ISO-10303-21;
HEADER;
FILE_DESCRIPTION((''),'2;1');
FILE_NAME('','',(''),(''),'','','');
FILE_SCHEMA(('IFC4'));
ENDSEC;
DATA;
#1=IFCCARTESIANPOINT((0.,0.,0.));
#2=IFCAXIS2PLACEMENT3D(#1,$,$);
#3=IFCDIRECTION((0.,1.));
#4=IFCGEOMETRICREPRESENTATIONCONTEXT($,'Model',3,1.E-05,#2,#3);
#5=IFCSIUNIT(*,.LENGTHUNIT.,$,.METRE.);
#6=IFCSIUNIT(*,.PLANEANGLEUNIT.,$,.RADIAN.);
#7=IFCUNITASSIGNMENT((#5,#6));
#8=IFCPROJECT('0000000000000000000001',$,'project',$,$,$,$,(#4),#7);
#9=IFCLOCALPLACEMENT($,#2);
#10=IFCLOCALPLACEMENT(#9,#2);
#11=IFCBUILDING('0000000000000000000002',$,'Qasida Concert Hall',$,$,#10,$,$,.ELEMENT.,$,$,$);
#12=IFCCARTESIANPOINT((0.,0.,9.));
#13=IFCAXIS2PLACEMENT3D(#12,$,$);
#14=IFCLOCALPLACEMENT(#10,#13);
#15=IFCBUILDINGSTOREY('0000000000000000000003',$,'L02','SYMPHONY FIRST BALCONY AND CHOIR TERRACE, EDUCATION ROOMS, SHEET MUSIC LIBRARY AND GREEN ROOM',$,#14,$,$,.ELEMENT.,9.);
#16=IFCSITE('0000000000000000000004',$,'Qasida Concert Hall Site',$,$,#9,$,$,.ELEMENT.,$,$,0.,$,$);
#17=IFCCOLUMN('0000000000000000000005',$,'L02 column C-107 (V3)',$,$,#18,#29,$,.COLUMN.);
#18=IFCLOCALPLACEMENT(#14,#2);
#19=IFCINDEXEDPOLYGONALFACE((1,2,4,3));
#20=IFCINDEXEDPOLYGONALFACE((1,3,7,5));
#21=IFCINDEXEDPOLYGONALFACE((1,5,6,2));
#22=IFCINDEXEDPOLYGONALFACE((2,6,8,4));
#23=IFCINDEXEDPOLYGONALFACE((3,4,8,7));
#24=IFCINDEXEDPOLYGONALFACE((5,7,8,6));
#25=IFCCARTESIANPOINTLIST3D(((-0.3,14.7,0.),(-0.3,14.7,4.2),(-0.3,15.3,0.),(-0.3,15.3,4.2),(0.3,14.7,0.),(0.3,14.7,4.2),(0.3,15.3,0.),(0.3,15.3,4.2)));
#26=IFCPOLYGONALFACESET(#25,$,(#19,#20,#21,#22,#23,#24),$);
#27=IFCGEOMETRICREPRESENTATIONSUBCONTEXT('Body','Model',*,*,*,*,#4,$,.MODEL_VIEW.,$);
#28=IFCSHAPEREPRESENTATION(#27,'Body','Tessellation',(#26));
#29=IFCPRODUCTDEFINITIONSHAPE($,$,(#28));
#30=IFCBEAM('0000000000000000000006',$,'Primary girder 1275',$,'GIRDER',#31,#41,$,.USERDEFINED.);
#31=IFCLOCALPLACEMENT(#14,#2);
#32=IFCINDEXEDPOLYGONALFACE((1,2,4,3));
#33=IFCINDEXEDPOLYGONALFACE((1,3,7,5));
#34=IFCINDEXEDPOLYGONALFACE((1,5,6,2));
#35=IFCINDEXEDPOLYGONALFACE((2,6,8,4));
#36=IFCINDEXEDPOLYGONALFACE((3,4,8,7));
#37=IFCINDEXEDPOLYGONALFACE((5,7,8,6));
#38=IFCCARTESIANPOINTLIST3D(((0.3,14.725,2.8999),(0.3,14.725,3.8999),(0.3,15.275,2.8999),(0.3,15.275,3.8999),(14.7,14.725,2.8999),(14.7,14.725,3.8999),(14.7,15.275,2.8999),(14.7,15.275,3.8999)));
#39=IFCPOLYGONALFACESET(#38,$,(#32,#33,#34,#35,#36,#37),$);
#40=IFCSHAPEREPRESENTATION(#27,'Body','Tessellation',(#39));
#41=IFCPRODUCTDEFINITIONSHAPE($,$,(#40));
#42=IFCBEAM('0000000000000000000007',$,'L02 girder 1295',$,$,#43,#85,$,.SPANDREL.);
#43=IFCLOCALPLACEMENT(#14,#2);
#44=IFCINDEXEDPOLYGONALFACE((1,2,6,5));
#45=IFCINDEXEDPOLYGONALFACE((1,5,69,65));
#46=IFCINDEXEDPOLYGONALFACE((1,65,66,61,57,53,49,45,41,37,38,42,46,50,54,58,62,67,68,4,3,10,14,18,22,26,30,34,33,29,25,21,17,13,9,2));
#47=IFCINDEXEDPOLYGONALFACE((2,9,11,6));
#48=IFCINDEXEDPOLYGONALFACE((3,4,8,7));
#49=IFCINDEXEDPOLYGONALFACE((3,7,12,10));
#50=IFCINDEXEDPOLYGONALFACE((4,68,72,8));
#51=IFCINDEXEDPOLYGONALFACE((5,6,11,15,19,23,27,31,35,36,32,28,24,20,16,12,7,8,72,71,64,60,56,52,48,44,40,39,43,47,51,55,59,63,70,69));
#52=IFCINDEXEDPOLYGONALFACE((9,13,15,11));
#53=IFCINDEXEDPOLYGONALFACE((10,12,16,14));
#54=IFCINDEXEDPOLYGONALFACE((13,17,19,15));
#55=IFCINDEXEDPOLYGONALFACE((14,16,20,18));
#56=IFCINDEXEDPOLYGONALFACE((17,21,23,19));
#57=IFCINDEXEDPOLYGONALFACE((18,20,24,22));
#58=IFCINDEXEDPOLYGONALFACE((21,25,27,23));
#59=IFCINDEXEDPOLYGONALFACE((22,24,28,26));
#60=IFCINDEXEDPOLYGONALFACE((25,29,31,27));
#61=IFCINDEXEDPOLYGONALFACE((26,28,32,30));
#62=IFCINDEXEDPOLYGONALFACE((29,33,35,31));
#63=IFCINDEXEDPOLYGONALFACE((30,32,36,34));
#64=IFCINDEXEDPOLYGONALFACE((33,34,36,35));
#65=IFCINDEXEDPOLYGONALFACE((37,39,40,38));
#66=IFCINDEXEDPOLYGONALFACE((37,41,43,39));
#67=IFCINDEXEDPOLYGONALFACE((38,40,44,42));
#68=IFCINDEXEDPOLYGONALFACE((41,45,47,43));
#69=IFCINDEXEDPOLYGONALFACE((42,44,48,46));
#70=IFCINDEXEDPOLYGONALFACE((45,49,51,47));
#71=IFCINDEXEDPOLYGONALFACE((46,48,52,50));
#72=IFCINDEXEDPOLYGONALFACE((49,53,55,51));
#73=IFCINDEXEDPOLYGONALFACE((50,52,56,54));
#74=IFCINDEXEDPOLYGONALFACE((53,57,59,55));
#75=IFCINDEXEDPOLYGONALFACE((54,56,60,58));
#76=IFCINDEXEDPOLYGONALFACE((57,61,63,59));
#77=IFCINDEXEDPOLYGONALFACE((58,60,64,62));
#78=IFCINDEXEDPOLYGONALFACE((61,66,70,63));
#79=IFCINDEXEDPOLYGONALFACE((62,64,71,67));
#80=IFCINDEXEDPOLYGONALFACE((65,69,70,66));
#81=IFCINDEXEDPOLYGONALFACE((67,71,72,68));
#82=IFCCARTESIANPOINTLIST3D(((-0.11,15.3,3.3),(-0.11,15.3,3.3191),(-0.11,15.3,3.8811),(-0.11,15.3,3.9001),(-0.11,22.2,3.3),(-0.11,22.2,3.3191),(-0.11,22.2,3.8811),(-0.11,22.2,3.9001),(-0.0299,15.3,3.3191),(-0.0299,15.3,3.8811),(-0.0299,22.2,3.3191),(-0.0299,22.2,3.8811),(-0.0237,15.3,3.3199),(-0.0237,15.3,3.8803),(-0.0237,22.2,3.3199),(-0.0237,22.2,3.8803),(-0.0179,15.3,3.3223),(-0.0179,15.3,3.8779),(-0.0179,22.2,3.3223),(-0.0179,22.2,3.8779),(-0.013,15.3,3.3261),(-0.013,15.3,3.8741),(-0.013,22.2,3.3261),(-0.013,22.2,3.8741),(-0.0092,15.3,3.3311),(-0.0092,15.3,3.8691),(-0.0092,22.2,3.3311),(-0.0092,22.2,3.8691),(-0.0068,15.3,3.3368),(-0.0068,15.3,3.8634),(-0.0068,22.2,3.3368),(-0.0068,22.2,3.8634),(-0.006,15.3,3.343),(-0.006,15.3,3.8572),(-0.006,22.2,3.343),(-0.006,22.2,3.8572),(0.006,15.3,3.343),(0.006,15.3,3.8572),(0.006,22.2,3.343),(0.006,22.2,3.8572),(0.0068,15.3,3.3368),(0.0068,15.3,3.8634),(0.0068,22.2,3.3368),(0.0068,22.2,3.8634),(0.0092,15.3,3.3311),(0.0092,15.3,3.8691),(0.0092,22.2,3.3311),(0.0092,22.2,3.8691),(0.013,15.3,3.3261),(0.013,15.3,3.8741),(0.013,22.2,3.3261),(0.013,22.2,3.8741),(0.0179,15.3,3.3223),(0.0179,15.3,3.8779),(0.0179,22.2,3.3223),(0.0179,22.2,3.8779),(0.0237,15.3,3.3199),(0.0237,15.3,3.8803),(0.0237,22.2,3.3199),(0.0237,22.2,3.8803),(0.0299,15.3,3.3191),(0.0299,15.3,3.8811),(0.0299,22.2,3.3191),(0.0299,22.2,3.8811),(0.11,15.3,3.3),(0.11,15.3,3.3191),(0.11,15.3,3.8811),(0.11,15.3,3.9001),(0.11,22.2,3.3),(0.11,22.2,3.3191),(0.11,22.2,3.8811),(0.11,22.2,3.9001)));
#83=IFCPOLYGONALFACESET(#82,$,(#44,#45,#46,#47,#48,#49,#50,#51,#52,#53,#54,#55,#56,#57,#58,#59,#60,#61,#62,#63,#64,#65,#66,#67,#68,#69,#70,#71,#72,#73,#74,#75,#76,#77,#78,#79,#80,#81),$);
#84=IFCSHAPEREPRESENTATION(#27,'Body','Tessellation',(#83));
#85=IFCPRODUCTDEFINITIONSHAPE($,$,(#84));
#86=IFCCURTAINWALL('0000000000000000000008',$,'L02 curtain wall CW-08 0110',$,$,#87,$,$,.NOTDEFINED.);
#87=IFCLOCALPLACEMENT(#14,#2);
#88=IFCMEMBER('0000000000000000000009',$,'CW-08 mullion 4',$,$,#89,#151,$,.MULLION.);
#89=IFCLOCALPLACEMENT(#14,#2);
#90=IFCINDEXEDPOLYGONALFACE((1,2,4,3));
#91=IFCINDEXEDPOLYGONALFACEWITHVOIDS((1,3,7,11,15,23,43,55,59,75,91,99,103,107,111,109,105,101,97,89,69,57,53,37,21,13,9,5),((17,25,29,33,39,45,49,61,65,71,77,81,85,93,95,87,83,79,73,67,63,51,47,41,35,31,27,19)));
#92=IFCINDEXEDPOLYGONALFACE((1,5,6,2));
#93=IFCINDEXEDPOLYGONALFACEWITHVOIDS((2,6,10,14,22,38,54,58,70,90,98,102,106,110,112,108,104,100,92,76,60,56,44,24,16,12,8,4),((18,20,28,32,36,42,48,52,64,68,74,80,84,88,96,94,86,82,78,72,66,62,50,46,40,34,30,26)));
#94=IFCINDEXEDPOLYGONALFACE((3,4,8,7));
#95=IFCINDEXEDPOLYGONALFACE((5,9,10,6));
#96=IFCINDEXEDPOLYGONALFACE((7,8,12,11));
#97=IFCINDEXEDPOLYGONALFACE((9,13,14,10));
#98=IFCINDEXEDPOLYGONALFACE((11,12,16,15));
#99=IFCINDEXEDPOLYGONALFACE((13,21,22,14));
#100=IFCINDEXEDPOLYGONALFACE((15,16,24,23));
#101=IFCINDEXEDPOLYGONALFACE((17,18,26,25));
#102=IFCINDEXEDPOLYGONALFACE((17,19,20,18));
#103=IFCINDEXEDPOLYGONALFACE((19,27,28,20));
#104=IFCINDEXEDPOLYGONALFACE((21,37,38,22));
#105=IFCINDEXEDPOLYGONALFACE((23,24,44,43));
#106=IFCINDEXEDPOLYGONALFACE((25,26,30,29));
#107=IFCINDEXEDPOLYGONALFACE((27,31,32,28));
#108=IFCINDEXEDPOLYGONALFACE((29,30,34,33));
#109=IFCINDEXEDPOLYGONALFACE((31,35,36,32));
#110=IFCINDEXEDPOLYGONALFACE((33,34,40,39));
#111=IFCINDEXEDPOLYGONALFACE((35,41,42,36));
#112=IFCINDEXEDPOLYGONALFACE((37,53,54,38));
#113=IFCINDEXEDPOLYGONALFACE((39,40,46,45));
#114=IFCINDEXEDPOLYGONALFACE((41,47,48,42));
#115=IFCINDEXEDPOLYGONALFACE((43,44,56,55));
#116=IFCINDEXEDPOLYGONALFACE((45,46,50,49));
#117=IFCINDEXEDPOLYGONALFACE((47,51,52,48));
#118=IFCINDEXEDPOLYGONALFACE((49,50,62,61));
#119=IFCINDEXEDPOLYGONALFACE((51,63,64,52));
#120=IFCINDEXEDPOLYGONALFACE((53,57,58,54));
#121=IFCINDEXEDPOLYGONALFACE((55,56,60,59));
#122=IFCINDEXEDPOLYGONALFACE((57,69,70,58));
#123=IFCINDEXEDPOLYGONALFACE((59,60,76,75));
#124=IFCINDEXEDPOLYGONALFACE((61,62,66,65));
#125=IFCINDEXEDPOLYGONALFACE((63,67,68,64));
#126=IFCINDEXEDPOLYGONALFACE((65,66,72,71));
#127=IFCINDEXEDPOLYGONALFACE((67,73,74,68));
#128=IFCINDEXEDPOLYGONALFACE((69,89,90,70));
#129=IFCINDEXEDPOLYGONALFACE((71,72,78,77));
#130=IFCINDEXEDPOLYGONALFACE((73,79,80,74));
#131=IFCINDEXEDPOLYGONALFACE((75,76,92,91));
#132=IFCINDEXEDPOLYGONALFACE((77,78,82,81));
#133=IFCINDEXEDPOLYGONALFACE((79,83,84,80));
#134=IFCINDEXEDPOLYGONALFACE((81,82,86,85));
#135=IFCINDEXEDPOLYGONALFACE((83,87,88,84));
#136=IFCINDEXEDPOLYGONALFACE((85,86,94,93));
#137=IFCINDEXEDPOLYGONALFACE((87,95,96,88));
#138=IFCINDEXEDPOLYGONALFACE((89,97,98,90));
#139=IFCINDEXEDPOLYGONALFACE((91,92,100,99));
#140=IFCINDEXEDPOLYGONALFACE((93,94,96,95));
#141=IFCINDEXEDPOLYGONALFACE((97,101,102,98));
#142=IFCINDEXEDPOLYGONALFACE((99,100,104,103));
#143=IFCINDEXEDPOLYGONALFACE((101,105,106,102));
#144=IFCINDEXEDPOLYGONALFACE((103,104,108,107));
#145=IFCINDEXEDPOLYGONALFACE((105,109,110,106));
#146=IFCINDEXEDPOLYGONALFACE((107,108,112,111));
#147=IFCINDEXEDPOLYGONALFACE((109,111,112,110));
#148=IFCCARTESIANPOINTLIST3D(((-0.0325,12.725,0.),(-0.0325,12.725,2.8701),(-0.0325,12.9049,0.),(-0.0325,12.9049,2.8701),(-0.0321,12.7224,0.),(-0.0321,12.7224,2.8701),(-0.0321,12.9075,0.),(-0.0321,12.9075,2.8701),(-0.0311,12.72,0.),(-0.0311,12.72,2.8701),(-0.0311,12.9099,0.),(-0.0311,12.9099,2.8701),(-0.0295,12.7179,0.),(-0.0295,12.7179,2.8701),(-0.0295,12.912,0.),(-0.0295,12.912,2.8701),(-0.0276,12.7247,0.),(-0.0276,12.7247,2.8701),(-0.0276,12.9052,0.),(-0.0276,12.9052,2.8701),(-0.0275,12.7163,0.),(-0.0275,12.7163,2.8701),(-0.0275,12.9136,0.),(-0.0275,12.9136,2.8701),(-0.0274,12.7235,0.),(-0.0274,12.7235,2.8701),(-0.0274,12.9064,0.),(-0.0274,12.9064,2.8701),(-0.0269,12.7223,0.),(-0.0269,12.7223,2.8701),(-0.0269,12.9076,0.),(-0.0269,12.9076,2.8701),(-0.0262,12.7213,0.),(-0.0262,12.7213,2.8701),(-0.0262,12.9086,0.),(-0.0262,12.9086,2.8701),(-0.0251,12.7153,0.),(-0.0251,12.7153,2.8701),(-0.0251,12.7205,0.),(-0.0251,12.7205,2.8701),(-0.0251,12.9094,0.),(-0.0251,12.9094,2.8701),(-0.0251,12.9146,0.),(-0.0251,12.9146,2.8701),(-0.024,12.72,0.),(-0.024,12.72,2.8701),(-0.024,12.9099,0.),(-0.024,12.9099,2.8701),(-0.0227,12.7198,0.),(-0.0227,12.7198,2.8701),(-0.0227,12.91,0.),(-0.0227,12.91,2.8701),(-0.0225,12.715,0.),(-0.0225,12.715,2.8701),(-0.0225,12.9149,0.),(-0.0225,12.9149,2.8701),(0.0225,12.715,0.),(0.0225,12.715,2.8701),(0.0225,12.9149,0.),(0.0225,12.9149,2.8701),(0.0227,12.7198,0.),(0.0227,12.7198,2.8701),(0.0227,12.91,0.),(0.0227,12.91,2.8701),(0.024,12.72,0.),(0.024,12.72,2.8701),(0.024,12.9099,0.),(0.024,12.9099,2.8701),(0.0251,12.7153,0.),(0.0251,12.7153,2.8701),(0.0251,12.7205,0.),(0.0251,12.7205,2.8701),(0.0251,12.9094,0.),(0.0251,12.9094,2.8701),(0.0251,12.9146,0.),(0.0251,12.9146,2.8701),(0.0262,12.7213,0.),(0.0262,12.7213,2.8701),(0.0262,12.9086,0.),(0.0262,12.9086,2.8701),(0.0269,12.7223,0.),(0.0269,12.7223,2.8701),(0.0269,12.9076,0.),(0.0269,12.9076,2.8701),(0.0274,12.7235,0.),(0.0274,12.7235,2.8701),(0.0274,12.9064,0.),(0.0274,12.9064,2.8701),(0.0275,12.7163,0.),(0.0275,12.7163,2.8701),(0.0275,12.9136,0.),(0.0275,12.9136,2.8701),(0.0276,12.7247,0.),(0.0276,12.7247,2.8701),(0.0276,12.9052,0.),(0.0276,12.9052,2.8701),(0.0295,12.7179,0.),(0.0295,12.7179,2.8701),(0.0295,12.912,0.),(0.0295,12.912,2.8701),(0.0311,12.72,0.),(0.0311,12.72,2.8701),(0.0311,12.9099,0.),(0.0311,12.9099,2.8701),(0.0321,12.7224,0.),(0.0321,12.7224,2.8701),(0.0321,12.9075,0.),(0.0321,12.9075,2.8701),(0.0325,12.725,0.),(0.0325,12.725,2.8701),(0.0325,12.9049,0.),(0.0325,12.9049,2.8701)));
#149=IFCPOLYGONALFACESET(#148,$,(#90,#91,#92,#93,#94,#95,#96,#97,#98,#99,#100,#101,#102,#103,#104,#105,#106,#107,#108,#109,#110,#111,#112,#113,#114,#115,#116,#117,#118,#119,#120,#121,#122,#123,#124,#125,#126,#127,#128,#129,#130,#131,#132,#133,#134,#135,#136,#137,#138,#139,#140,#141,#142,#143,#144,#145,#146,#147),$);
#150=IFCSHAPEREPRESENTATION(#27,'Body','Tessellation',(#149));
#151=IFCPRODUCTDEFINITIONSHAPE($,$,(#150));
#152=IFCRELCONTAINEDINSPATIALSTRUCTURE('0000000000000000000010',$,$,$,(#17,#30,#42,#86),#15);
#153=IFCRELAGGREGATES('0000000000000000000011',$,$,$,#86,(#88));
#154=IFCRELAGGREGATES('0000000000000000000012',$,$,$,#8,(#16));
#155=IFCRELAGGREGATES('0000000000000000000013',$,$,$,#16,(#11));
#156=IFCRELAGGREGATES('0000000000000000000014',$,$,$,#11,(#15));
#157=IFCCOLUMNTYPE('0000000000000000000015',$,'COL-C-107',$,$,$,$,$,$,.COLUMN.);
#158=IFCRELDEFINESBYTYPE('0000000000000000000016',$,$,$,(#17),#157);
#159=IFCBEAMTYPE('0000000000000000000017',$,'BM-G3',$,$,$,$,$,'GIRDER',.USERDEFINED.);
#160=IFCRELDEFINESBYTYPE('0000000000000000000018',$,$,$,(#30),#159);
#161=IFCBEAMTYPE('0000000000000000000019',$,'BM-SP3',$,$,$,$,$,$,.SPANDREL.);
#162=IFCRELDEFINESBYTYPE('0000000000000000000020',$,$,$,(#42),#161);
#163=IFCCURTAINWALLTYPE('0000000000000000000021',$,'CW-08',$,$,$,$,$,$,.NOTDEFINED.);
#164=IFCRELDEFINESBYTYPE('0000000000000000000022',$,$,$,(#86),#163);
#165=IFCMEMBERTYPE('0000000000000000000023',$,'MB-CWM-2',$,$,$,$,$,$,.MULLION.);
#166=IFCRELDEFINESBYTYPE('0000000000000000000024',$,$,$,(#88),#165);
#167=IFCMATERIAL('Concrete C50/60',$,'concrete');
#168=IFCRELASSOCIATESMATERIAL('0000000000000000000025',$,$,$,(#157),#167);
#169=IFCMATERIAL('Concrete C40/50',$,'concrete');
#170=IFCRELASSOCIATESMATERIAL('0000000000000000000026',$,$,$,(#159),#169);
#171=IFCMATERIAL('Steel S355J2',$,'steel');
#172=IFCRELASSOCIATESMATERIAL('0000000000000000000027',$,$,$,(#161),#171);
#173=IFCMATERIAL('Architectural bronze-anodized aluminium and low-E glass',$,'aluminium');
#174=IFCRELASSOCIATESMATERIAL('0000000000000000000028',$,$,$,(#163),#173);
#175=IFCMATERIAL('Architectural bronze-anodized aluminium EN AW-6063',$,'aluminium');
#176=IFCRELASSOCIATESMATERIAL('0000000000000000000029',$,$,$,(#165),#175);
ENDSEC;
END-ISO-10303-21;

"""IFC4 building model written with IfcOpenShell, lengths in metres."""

from ifc_helpers import new_model, si_unit, direction, frame, origin, origin_2d, place, context, subcontext, project, spatial, rectangle, hollow_rectangle, i_section, extrude, material, material_profile, profile_set, type_object, element, aggregate, save


model = new_model("IFC4")

# Units and contexts
model_context = context("Model", 3, precision=1e-05, world=origin(), true_north=direction((0.0, 1.0)))
body_context = subcontext(model_context, "Body", "Model", "MODEL_VIEW")
ifc_project = project(units=[si_unit("LENGTHUNIT", "METRE"), si_unit("PLANEANGLEUNIT", "RADIAN")], contexts=[model_context])

# Site, building, storey
site_placement = place(None, origin())
site = spatial("IfcSite", under=ifc_project, at=site_placement, Name="Qasida Concert Hall Site", CompositionType="ELEMENT", RefElevation=0.0)
building_placement = place(site_placement, origin())
building = spatial("IfcBuilding", under=site, at=building_placement, Name="Qasida Concert Hall", CompositionType="ELEMENT")
storey_placement = place(building_placement, frame((0.0, 0.0, 9.0)))
storey = spatial("IfcBuildingStorey", under=building, at=storey_placement, Name="L02", Description="SYMPHONY FIRST BALCONY AND CHOIR TERRACE, EDUCATION ROOMS, SHEET MUSIC LIBRARY AND GREEN ROOM", CompositionType="ELEMENT", Elevation=9.0)

# Column
ifc_material_1 = material(Name="Concrete C50/60", Category="concrete")
ifc_material_profile_1 = material_profile(ifc_material_1, rectangle(XDim=0.6001, YDim=0.6001, at=origin_2d()), Name="RC 600x600")
ifc_profile_set_1 = profile_set([ifc_material_profile_1], Name="Concrete C50/60")
column_type = type_object("IfcColumnType", Name="COL-C-107", PredefinedType="COLUMN", material=ifc_profile_set_1)
column_placement = place(storey_placement, frame((0.0, 15.0, 0.0), z_axis=(0.0, 0.0, 1.0), x_axis=(1.0, 0.0, 0.0)))
element("IfcColumn", 1, at=column_placement, inside=storey, type_object=column_type, Name="L02 column C-107 (V3)", PredefinedType="COLUMN", context=body_context, shape_type="SweptSolid", body=[
    extrude(rectangle(XDim=0.6001, YDim=0.6001, at=origin_2d()), origin(), (0.0, 0.0, 1.0), 4.2),
])

# Beams
ifc_material_2 = material(Name="Concrete C40/50", Category="concrete")
ifc_material_profile_2 = material_profile(ifc_material_2, rectangle(XDim=0.55, YDim=1.0, at=origin_2d()), Name="RC 550x1000")
ifc_profile_set_2 = profile_set([ifc_material_profile_2], Name="Concrete C40/50")
beam_type_1 = type_object("IfcBeamType", Name="BM-G3", ElementType="GIRDER", PredefinedType="USERDEFINED", material=ifc_profile_set_2)
beam_1_placement = place(storey_placement, frame((0.3, 15.0, 3.3999), z_axis=(1.0, 0.0, 0.0), x_axis=(0.0, 1.0, 0.0)))
element("IfcBeam", 2, at=beam_1_placement, inside=storey, type_object=beam_type_1, Name="Primary girder 1275", ObjectType="GIRDER", PredefinedType="USERDEFINED", context=body_context, shape_type="SweptSolid", body=[
    extrude(rectangle(XDim=0.55, YDim=1.0, at=origin_2d()), origin(), (0.0, 0.0, 1.0), 14.3999),
])
ifc_material_3 = material(Name="Steel S355J2", Category="steel")
ifc_material_profile_3 = material_profile(ifc_material_3, i_section(OverallWidth=0.22, OverallDepth=0.6001, WebThickness=0.012, FlangeThickness=0.019, FilletRadius=0.0239, at=origin_2d()), Name="IPE 600")
ifc_profile_set_3 = profile_set([ifc_material_profile_3], Name="Steel S355J2")
beam_type_2 = type_object("IfcBeamType", Name="BM-SP3", PredefinedType="SPANDREL", material=ifc_profile_set_3)
beam_2_placement = place(storey_placement, frame((0.0, 15.3, 3.6001), z_axis=(0.0, 1.0, 0.0), x_axis=(-1.0, 0.0, 0.0)))
element("IfcBeam", 3, at=beam_2_placement, inside=storey, type_object=beam_type_2, Name="L02 girder 1295", PredefinedType="SPANDREL", context=body_context, shape_type="SweptSolid", body=[
    extrude(i_section(OverallWidth=0.22, OverallDepth=0.6001, WebThickness=0.012, FlangeThickness=0.019, FilletRadius=0.0239, at=origin_2d()), origin(), (0.0, 0.0, 1.0), 6.8999),
])

# Curtain wall, member
ifc_material_4 = material(Name="Architectural bronze-anodized aluminium and low-E glass", Category="aluminium")
curtain_wall_type = type_object("IfcCurtainWallType", Name="CW-08", PredefinedType="NOTDEFINED", material=ifc_material_4)
curtain_wall_placement = place(storey_placement, origin())
curtain_wall = element("IfcCurtainWall", 4, at=curtain_wall_placement, inside=storey, type_object=curtain_wall_type, Name="L02 curtain wall CW-08 0110", PredefinedType="NOTDEFINED")
ifc_material_5 = material(Name="Architectural bronze-anodized aluminium EN AW-6063", Category="aluminium")
ifc_material_profile_4 = material_profile(ifc_material_5, hollow_rectangle(XDim=0.0649, YDim=0.2, WallThickness=0.0049, InnerFilletRadius=0.0049, OuterFilletRadius=0.01, at=origin_2d()), Name="CWM 200x65x5")
ifc_profile_set_4 = profile_set([ifc_material_profile_4], Name="Architectural bronze-anodized aluminium EN AW-6063")
member_type_1 = type_object("IfcMemberType", Name="MB-CWM-2", PredefinedType="MULLION", material=ifc_profile_set_4)
member_1_placement = place(storey_placement, frame((0.0, 12.8149, 0.0), z_axis=(0.0, 0.0, 1.0), x_axis=(-1.0, 0.0, 0.0)))
member_1 = element("IfcMember", 5, at=member_1_placement, type_object=member_type_1, Name="CW-08 mullion 4", PredefinedType="MULLION", context=body_context, shape_type="SweptSolid", body=[
    extrude(hollow_rectangle(XDim=0.0649, YDim=0.2, WallThickness=0.0049, InnerFilletRadius=0.0049, OuterFilletRadius=0.01, at=origin_2d()), origin(), (0.0, 0.0, 1.0), 2.8701),
])
aggregate(curtain_wall, [member_1])

save(model, "model.ifc")
